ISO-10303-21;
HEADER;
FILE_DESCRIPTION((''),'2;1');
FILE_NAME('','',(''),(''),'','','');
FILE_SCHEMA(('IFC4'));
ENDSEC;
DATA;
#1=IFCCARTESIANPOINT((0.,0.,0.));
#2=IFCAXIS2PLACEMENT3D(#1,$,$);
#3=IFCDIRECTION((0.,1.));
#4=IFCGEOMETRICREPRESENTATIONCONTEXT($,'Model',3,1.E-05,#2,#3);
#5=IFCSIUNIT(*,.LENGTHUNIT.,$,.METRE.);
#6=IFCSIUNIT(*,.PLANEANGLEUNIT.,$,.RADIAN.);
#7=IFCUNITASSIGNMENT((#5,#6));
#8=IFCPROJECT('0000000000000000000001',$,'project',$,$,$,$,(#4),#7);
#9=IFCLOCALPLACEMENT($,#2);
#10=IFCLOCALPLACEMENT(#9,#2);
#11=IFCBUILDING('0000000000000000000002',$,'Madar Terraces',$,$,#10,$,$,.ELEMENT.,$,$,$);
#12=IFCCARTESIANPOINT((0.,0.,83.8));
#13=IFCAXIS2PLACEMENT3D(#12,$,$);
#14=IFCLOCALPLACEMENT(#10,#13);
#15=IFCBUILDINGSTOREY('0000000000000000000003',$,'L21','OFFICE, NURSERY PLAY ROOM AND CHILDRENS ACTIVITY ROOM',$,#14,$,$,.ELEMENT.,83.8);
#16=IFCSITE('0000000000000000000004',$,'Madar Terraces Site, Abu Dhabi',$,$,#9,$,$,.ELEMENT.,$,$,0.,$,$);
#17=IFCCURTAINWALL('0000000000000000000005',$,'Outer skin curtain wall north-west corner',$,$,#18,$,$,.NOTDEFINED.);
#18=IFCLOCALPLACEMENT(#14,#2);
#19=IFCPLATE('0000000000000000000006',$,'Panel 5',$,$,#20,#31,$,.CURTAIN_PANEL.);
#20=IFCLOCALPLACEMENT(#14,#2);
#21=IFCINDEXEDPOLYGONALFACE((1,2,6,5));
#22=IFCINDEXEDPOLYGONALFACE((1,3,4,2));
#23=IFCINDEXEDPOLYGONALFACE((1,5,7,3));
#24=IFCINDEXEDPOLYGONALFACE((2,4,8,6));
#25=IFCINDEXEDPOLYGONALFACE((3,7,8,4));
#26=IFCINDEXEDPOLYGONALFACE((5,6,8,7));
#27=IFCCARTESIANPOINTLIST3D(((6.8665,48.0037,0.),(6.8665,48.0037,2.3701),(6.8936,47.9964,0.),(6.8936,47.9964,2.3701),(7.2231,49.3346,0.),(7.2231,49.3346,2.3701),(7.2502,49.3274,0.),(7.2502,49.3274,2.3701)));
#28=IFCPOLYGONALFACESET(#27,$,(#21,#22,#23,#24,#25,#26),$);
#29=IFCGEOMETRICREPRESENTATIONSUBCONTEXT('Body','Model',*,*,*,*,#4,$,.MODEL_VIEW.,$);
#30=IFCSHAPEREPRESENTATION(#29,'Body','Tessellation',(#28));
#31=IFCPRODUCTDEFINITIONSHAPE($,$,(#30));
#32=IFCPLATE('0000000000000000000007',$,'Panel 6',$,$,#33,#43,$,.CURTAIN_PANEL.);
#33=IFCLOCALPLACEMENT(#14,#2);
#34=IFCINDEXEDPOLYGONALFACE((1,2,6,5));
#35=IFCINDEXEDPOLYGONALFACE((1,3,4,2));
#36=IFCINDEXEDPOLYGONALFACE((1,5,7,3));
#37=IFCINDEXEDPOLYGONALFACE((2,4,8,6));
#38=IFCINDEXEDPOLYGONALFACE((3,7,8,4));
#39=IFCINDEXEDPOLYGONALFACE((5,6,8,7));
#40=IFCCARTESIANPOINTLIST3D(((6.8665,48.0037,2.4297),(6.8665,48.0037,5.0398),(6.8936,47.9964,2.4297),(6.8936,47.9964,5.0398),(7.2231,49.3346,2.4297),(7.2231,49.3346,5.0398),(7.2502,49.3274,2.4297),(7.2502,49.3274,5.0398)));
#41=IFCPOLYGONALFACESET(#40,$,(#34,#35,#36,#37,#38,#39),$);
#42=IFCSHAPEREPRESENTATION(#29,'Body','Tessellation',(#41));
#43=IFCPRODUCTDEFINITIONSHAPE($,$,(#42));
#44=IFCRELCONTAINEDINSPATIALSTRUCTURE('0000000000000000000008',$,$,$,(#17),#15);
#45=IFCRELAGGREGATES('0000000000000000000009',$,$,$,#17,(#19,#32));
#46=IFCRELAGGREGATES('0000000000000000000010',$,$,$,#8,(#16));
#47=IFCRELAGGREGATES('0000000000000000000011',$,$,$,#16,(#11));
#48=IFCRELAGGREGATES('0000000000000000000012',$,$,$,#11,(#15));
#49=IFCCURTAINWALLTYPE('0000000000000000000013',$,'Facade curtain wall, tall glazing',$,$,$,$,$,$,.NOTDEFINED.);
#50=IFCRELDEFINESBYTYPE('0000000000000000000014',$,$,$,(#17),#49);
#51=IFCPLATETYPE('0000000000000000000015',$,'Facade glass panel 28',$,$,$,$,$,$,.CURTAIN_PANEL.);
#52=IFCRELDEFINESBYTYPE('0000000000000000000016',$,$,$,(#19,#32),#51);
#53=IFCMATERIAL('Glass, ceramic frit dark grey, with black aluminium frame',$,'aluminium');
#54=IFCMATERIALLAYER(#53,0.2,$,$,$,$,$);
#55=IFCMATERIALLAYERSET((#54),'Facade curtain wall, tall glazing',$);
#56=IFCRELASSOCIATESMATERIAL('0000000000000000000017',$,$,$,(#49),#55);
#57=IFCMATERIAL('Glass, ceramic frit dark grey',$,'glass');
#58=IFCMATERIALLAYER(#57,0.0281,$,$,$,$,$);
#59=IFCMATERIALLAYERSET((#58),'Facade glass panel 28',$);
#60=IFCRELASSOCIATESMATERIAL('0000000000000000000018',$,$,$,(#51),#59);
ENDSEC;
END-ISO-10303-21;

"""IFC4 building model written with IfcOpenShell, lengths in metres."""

from ifc_helpers import new_model, si_unit, direction, frame, origin, origin_2d, place, context, subcontext, project, spatial, rectangle, extrude, material, layer, layer_set, type_object, element, aggregate, save


model = new_model("IFC4")

# Units and contexts
model_context = context("Model", 3, precision=1e-05, world=origin(), true_north=direction((0.0, 1.0)))
body_context = subcontext(model_context, "Body", "Model", "MODEL_VIEW")
ifc_project = project(units=[si_unit("LENGTHUNIT", "METRE"), si_unit("PLANEANGLEUNIT", "RADIAN")], contexts=[model_context])

# Site, building, storey
site_placement = place(None, origin())
site = spatial("IfcSite", under=ifc_project, at=site_placement, Name="Madar Terraces Site, Abu Dhabi", CompositionType="ELEMENT", RefElevation=0.0)
building_placement = place(site_placement, origin())
building = spatial("IfcBuilding", under=site, at=building_placement, Name="Madar Terraces", CompositionType="ELEMENT")
storey_placement = place(building_placement, frame((0.0, 0.0, 83.8)))
storey = spatial("IfcBuildingStorey", under=building, at=storey_placement, Name="L21", Description="OFFICE, NURSERY PLAY ROOM AND CHILDRENS ACTIVITY ROOM", CompositionType="ELEMENT", Elevation=83.8)

# Curtain wall
ifc_material_1 = material(Name="Glass, ceramic frit dark grey, with black aluminium frame", Category="aluminium")
ifc_layer_1 = layer(ifc_material_1, 0.2)
ifc_layer_set_1 = layer_set([ifc_layer_1], Name="Facade curtain wall, tall glazing")
curtain_wall_type = type_object("IfcCurtainWallType", Name="Facade curtain wall, tall glazing", PredefinedType="NOTDEFINED", material=ifc_layer_set_1)
curtain_wall_1_placement = place(storey_placement, origin())
curtain_wall_1 = element("IfcCurtainWall", 1, at=curtain_wall_1_placement, inside=storey, type_object=curtain_wall_type, Name="Outer skin curtain wall north-west corner", PredefinedType="NOTDEFINED")

# Plates
ifc_material_2 = material(Name="Glass, ceramic frit dark grey", Category="glass")
ifc_layer_2 = layer(ifc_material_2, 0.0281)
ifc_layer_set_2 = layer_set([ifc_layer_2], Name="Facade glass panel 28")
plate_type = type_object("IfcPlateType", Name="Facade glass panel 28", PredefinedType="CURTAIN_PANEL", material=ifc_layer_set_2)
plate_1_placement = place(storey_placement, frame((7.0583, 48.6655, 0.0), z_axis=(0.0, 0.0, 1.0), x_axis=(-0.258819, -0.965926, 0.0)))
plate_1 = element("IfcPlate", 2, at=plate_1_placement, type_object=plate_type, Name="Panel 5", PredefinedType="CURTAIN_PANEL", context=body_context, shape_type="SweptSolid", body=[
    extrude(rectangle(XDim=1.3779, YDim=0.0281, at=origin_2d()), origin(), (0.0, 0.0, 1.0), 2.3701),
])
plate_2_placement = place(storey_placement, frame((7.0583, 48.6655, 2.4297), z_axis=(0.0, 0.0, 1.0), x_axis=(-0.258819, -0.965926, 0.0)))
plate_2 = element("IfcPlate", 3, at=plate_2_placement, type_object=plate_type, Name="Panel 6", PredefinedType="CURTAIN_PANEL", context=body_context, shape_type="SweptSolid", body=[
    extrude(rectangle(XDim=1.3779, YDim=0.0281, at=origin_2d()), origin(), (0.0, 0.0, 1.0), 2.6101),
])
aggregate(curtain_wall_1, [plate_1, plate_2])

save(model, "model.ifc")
